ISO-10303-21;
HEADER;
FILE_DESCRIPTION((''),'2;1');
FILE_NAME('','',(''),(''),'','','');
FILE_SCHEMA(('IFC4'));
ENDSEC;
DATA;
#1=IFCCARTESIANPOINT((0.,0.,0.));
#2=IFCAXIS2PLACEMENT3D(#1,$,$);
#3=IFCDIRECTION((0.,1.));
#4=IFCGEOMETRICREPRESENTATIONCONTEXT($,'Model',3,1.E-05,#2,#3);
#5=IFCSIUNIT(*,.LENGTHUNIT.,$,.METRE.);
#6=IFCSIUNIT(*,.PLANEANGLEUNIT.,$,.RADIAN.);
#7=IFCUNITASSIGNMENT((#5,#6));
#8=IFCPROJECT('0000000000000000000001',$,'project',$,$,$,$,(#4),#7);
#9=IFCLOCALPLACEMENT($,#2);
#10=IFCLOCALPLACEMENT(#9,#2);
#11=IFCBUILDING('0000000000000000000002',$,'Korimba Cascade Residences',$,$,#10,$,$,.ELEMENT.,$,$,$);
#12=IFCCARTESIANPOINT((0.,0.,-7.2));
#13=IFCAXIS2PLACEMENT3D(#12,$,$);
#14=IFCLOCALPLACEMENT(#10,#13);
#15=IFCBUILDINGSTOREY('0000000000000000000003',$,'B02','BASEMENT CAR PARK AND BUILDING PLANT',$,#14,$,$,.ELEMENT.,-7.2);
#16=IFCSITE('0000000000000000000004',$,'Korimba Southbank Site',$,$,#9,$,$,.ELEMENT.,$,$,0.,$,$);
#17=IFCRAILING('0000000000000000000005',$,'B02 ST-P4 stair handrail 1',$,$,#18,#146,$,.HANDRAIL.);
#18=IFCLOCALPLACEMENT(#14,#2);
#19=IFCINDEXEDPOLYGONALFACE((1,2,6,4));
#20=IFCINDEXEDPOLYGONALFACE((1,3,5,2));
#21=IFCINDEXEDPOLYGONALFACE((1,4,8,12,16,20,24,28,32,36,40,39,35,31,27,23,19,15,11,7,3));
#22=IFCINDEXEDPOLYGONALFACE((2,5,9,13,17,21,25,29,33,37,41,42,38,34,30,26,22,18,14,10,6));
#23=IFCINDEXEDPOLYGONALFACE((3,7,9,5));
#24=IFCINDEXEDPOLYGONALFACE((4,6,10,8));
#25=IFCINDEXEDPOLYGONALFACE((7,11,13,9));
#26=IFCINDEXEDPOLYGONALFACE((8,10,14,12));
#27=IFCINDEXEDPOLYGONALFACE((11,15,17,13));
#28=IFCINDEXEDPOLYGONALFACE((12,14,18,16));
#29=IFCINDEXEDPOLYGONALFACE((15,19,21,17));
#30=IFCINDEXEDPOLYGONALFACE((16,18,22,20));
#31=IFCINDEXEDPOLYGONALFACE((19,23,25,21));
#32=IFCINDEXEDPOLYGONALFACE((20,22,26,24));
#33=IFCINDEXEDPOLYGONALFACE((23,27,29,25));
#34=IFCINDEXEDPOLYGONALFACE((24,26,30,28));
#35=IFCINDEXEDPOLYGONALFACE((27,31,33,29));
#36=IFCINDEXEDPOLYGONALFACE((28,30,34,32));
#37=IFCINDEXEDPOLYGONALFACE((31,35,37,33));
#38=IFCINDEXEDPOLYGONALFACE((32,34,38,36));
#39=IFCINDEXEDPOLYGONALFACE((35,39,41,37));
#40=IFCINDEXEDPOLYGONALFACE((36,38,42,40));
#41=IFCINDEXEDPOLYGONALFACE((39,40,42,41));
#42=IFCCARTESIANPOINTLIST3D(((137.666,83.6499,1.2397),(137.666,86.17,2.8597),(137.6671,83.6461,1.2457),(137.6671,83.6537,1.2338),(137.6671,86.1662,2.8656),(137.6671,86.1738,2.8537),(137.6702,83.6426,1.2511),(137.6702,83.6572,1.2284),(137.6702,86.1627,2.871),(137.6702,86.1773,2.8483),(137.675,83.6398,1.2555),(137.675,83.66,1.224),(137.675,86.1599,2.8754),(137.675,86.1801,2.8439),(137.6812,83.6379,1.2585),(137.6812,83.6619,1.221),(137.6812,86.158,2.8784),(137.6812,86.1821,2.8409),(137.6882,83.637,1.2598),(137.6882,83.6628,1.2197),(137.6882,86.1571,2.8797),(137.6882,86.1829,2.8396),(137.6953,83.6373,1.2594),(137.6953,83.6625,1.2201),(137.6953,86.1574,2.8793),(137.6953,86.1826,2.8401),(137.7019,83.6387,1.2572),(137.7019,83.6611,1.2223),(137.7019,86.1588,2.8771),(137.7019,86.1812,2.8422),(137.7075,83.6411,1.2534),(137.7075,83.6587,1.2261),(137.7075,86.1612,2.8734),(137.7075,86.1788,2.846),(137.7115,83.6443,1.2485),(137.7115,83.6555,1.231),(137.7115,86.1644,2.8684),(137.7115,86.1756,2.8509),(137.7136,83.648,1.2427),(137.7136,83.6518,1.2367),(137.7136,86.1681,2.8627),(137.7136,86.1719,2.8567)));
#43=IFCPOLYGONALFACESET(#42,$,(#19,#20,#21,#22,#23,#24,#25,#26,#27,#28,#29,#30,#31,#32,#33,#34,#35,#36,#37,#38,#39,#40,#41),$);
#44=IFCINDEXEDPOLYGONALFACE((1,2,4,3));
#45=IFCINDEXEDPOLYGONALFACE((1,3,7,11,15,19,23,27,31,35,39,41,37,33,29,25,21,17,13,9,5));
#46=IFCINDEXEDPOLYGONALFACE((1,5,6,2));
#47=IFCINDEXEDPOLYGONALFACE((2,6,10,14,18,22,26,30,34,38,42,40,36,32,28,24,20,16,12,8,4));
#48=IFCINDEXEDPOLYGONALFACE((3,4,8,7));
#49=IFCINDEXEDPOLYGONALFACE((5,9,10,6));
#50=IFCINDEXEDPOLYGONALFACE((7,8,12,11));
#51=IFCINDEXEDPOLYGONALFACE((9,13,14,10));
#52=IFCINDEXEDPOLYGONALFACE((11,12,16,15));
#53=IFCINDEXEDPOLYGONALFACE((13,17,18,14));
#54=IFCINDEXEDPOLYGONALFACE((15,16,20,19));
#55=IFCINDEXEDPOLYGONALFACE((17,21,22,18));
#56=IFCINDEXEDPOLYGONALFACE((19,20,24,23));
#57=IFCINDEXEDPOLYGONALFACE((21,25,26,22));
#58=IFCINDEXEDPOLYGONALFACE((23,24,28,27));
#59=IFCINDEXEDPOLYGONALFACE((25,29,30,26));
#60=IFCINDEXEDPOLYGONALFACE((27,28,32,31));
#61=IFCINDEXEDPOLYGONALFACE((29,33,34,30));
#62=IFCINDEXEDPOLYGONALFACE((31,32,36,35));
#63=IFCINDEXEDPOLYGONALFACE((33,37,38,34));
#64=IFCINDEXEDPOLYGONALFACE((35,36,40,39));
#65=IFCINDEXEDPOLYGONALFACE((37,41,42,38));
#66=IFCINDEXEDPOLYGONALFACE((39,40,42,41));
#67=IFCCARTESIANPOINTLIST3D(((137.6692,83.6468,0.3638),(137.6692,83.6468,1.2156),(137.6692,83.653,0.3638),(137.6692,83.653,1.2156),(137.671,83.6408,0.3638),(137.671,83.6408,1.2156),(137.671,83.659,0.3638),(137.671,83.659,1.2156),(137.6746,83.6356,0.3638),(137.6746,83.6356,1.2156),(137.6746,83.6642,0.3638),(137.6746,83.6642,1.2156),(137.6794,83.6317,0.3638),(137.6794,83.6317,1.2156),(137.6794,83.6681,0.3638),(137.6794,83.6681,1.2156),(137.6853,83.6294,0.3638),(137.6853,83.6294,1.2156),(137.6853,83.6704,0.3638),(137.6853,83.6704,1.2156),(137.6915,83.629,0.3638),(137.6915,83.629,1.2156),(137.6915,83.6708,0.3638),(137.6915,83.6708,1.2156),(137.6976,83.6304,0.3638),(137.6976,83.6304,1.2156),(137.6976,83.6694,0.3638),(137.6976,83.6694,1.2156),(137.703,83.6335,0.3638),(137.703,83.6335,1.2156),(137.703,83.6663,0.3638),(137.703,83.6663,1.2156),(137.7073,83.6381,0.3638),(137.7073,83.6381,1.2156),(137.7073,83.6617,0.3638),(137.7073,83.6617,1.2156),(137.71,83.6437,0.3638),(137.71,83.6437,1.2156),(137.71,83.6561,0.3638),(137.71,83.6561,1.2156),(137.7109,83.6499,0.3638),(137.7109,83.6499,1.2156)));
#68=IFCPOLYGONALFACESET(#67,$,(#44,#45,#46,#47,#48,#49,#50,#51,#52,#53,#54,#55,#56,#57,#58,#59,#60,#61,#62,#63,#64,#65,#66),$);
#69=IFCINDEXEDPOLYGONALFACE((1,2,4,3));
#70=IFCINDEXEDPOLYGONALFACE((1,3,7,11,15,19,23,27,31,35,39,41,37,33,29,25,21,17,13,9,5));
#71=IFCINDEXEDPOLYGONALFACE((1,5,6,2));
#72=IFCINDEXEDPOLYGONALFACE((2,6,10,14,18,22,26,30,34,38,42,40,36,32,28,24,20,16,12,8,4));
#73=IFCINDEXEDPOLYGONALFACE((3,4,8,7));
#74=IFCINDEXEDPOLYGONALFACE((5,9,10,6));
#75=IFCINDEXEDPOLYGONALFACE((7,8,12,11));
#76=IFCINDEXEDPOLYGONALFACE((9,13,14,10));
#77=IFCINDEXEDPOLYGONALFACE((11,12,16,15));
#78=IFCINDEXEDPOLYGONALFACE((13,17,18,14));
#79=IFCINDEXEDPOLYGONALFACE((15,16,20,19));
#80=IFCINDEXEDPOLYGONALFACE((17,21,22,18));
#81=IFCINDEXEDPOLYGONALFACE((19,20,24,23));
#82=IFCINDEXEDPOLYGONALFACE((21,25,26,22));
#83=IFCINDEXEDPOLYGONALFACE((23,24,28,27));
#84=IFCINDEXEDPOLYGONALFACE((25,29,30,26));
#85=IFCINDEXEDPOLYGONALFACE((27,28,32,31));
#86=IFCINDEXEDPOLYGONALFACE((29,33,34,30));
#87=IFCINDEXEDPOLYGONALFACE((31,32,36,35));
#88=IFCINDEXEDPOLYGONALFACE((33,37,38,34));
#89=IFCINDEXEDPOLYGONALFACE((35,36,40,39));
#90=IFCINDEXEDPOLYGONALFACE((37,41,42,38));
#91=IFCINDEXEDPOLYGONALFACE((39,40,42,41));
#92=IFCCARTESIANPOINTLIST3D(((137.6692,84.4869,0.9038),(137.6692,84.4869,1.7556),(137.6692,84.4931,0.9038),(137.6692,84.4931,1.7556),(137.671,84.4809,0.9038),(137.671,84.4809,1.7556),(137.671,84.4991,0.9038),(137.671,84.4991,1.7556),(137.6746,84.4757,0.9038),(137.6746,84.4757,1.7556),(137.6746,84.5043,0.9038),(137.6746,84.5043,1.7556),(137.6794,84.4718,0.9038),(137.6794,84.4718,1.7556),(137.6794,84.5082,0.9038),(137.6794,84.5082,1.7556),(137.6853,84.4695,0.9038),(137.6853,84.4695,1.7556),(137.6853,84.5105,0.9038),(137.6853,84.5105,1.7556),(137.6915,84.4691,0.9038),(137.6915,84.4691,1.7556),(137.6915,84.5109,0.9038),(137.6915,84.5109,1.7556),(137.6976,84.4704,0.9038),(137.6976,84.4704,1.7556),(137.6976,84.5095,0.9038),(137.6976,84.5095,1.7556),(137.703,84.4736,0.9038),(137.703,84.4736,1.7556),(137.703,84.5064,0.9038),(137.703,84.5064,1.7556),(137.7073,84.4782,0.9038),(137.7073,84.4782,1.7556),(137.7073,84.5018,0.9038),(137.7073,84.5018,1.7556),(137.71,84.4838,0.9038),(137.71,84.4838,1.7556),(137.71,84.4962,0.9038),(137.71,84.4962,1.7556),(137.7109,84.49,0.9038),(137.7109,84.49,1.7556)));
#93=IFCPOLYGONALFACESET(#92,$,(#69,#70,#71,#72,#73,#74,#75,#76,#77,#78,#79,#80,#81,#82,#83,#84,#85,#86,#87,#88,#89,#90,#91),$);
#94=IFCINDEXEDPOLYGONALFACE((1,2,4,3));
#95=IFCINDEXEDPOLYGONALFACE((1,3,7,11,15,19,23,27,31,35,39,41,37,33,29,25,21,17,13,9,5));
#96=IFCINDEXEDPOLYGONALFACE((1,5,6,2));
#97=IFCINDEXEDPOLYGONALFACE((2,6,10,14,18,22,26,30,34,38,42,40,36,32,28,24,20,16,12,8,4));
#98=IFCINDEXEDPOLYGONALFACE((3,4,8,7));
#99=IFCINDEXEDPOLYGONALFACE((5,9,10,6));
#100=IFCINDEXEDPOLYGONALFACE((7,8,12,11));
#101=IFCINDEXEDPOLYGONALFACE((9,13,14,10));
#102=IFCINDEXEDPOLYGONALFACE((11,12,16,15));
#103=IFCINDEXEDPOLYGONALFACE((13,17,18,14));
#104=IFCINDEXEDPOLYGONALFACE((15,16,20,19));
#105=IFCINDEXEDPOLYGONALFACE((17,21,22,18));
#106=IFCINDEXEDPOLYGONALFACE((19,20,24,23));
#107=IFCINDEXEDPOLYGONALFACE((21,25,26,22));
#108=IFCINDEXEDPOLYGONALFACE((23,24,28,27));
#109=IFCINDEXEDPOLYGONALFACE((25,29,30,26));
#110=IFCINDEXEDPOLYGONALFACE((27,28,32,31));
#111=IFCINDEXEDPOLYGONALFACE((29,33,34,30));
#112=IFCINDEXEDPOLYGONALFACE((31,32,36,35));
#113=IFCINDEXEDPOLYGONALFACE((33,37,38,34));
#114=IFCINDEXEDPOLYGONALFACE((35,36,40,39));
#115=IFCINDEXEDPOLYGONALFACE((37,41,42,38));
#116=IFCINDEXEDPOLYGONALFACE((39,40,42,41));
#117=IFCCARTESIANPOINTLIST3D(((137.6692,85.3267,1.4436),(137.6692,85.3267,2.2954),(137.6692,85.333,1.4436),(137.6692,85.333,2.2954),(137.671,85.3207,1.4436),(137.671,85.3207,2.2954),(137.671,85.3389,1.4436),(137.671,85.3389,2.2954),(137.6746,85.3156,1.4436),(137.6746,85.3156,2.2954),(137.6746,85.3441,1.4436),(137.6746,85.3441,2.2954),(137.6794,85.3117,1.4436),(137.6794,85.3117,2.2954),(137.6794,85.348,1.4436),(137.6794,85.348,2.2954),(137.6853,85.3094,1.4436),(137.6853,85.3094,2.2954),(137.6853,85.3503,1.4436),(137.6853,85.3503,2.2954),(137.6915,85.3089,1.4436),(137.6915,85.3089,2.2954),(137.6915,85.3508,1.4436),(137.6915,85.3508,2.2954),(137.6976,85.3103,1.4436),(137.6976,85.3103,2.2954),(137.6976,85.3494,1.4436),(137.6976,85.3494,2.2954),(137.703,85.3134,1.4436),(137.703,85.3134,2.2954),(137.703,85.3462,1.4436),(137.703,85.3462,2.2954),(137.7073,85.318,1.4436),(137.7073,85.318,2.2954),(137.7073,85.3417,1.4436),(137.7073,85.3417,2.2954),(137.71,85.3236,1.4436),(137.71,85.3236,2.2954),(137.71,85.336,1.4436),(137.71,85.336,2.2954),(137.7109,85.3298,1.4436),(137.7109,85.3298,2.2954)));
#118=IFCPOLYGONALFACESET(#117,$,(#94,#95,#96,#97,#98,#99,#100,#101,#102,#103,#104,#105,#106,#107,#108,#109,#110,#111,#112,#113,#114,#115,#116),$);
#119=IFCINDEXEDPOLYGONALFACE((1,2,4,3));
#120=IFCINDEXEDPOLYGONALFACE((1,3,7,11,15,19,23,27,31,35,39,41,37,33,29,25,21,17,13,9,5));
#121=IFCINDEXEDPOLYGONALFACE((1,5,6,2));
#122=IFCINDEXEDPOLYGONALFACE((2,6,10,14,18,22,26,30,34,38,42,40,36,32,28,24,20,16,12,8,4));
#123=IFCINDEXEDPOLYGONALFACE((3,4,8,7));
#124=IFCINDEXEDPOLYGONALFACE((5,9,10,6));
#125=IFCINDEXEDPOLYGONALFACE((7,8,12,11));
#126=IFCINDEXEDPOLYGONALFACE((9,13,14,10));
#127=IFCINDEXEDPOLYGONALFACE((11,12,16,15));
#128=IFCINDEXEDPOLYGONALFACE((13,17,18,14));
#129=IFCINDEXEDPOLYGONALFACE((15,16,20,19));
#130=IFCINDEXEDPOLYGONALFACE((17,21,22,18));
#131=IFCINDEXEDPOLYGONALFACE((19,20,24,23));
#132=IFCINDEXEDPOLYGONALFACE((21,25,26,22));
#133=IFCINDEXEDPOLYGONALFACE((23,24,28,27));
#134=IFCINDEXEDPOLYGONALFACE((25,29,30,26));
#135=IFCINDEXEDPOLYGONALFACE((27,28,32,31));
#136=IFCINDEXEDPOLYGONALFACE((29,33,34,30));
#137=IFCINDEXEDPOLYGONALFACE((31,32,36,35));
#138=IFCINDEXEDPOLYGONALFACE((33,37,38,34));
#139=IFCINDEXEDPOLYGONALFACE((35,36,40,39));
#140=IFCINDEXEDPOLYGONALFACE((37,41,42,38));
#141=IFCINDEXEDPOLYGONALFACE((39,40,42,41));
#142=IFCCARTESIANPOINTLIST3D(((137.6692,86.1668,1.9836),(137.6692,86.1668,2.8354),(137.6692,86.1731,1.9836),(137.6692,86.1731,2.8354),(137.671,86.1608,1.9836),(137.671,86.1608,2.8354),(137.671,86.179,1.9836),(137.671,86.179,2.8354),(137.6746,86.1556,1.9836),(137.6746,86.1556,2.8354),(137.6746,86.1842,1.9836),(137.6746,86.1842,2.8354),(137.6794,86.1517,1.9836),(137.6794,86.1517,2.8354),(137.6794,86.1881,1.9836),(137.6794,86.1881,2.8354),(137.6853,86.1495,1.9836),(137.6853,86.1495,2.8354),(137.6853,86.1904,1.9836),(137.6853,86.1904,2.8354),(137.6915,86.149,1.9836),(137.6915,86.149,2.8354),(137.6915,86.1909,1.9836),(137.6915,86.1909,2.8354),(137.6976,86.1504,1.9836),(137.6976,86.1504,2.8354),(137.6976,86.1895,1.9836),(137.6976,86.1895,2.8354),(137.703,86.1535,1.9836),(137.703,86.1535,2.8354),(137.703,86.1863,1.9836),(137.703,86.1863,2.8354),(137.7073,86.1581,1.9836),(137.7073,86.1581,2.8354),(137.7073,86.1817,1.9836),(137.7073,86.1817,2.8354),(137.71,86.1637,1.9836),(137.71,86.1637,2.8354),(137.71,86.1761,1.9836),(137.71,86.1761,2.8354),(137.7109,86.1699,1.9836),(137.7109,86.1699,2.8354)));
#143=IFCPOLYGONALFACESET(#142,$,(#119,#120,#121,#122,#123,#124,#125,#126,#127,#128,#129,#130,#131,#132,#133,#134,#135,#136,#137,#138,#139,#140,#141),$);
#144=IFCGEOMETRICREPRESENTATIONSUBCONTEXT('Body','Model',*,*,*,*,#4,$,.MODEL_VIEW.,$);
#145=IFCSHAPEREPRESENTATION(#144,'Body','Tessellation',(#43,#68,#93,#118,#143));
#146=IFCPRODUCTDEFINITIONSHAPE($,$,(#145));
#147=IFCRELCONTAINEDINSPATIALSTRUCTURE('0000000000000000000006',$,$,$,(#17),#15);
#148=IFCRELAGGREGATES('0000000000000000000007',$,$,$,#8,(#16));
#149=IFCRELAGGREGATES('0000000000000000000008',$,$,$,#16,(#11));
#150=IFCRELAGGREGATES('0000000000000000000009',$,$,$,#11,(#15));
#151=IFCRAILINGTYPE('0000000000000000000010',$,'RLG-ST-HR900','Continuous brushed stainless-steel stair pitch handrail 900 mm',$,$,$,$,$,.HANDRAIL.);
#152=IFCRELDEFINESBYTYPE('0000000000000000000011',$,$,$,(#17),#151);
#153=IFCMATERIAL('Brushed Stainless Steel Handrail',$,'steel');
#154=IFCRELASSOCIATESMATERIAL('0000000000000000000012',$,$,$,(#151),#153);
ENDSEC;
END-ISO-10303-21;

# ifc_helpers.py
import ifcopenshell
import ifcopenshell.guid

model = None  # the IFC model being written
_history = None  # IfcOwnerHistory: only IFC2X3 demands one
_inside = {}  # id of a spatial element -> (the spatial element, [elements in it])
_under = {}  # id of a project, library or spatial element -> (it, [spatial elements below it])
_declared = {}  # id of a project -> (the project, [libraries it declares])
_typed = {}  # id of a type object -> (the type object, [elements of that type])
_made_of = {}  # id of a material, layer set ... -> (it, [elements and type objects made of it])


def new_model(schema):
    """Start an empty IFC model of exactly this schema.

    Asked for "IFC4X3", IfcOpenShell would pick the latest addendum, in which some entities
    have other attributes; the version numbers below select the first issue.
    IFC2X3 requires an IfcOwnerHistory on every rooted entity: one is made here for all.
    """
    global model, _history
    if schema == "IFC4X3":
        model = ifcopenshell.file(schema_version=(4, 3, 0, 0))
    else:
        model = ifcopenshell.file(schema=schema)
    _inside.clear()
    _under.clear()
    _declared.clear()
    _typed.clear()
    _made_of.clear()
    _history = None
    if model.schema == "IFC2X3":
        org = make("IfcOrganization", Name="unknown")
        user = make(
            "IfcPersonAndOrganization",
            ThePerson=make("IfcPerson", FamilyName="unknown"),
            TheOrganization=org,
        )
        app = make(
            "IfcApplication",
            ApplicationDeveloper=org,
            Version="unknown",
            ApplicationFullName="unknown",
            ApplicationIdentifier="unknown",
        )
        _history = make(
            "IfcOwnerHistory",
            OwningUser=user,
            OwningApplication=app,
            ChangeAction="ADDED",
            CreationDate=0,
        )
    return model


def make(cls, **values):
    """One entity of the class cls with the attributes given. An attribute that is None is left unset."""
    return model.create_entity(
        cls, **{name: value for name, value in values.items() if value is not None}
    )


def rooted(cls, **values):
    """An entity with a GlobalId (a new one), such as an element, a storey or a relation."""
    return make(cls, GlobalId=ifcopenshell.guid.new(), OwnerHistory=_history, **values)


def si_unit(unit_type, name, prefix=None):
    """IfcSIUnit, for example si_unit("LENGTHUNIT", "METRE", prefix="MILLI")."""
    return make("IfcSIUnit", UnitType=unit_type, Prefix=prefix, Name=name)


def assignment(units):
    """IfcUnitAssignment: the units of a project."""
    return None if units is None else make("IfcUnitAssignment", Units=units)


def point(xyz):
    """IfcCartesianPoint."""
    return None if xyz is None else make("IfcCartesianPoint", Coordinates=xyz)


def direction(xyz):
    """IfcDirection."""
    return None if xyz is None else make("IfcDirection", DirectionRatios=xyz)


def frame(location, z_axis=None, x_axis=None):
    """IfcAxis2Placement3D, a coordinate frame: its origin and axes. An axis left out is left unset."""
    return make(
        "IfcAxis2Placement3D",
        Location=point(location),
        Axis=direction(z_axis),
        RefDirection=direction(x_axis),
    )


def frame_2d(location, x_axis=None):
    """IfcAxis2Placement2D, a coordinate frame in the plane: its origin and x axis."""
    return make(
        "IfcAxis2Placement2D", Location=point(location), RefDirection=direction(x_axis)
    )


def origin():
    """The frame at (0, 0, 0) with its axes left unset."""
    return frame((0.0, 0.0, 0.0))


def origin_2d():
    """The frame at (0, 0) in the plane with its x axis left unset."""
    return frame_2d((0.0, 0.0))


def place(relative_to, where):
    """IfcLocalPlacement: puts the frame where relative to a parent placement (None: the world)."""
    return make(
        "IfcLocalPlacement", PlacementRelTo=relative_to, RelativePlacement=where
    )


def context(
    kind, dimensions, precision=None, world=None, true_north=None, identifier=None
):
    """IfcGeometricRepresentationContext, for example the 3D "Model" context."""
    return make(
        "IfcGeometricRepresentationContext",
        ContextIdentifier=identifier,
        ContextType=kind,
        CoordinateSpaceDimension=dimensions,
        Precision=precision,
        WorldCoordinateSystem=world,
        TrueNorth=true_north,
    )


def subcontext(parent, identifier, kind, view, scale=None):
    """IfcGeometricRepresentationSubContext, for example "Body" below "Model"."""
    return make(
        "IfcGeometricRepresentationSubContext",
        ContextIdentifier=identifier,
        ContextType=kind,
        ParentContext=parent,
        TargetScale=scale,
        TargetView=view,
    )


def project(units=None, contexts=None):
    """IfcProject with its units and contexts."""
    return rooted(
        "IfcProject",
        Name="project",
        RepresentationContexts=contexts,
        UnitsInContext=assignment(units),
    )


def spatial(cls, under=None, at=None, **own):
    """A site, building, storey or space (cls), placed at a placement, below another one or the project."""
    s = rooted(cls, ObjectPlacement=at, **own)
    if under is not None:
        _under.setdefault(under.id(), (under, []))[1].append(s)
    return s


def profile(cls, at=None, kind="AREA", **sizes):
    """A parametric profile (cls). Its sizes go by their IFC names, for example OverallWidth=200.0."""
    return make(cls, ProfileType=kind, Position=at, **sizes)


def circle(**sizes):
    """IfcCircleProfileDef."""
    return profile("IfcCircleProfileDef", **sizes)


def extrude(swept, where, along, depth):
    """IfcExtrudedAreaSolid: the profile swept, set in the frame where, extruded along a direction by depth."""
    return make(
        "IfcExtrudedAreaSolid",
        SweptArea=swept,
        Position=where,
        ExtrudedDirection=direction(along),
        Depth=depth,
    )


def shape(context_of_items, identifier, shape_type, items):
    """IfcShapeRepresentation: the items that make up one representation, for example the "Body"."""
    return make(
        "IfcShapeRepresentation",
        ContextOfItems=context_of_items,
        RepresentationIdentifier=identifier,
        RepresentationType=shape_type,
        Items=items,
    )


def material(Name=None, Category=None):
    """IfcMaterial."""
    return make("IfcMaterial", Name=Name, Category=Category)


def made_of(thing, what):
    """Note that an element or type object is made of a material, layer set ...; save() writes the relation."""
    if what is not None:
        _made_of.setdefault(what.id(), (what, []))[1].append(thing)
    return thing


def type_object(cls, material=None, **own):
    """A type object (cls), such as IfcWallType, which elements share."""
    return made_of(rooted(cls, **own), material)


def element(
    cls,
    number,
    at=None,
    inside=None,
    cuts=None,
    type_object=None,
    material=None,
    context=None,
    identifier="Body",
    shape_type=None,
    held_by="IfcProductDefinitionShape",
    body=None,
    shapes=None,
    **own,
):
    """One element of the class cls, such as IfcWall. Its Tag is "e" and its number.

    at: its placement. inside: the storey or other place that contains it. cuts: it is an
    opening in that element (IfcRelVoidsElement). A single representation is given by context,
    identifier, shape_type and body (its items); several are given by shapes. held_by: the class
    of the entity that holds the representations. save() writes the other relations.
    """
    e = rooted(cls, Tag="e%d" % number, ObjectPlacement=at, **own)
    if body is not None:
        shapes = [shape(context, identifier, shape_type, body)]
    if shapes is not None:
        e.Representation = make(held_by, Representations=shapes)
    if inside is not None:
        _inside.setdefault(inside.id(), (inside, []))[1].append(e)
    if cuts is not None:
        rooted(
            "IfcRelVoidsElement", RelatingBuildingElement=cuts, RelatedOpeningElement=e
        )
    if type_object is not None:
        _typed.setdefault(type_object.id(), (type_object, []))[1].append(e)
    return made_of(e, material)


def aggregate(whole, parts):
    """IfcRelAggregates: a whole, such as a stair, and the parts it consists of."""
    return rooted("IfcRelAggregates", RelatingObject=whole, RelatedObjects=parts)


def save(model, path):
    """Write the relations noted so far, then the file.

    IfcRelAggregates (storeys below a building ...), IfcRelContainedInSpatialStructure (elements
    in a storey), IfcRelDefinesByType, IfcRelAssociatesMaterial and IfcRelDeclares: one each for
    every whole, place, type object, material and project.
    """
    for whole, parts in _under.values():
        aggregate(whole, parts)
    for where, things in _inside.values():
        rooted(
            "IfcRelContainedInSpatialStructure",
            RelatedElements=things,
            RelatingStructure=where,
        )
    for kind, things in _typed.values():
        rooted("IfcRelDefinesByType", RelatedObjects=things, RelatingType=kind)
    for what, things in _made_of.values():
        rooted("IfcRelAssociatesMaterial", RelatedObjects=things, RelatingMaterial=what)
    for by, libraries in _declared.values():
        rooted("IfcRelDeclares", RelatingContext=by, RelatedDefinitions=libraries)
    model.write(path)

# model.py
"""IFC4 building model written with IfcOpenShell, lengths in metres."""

from ifc_helpers import new_model, si_unit, direction, frame, origin, origin_2d, place, context, subcontext, project, spatial, circle, extrude, material, type_object, element, save


model = new_model("IFC4")

# Units and contexts
model_context = context("Model", 3, precision=1e-05, world=origin(), true_north=direction((0.0, 1.0)))
body_context = subcontext(model_context, "Body", "Model", "MODEL_VIEW")
ifc_project = project(units=[si_unit("LENGTHUNIT", "METRE"), si_unit("PLANEANGLEUNIT", "RADIAN")], contexts=[model_context])

# Site, building, storey
site_placement = place(None, origin())
site = spatial("IfcSite", under=ifc_project, at=site_placement, Name="Korimba Southbank Site", CompositionType="ELEMENT", RefElevation=0.0)
building_placement = place(site_placement, origin())
building = spatial("IfcBuilding", under=site, at=building_placement, Name="Korimba Cascade Residences", CompositionType="ELEMENT")
storey_placement = place(building_placement, frame((0.0, 0.0, -7.2)))
storey = spatial("IfcBuildingStorey", under=building, at=storey_placement, Name="B02", Description="BASEMENT CAR PARK AND BUILDING PLANT", CompositionType="ELEMENT", Elevation=-7.2)

# Railing
ifc_material_1 = material(Name="Brushed Stainless Steel Handrail", Category="steel")
railing_type_1 = type_object("IfcRailingType", Name="RLG-ST-HR900", Description="Continuous brushed stainless-steel stair pitch handrail 900 mm", PredefinedType="HANDRAIL", material=ifc_material_1)
railing_1_placement = place(storey_placement, frame((137.6899, 83.6499, 0.3638)))
element("IfcRailing", 1, at=railing_1_placement, inside=storey, type_object=railing_type_1, Name="B02 ST-P4 stair handrail 1", PredefinedType="HANDRAIL", context=body_context, shape_type="SweptSolid", body=[
    extrude(circle(Radius=0.0239, at=origin_2d()), frame((0.0, 0.0, 0.876), z_axis=(0.0, 0.8412, 0.540725), x_axis=(-1.0, 0.0, 0.0)), (0.0, 0.0, 1.0), 2.9958),
    extrude(circle(Radius=0.021, at=origin_2d()), origin(), (0.0, 0.0, 1.0), 0.8518),
    extrude(circle(Radius=0.021, at=origin_2d()), frame((0.0, 0.8401, 0.54)), (0.0, 0.0, 1.0), 0.8518),
    extrude(circle(Radius=0.021, at=origin_2d()), frame((0.0, 1.6799, 1.0798)), (0.0, 0.0, 1.0), 0.8518),
    extrude(circle(Radius=0.021, at=origin_2d()), frame((0.0, 2.52, 1.6199)), (0.0, 0.0, 1.0), 0.8518),
])

save(model, "model.ifc")
